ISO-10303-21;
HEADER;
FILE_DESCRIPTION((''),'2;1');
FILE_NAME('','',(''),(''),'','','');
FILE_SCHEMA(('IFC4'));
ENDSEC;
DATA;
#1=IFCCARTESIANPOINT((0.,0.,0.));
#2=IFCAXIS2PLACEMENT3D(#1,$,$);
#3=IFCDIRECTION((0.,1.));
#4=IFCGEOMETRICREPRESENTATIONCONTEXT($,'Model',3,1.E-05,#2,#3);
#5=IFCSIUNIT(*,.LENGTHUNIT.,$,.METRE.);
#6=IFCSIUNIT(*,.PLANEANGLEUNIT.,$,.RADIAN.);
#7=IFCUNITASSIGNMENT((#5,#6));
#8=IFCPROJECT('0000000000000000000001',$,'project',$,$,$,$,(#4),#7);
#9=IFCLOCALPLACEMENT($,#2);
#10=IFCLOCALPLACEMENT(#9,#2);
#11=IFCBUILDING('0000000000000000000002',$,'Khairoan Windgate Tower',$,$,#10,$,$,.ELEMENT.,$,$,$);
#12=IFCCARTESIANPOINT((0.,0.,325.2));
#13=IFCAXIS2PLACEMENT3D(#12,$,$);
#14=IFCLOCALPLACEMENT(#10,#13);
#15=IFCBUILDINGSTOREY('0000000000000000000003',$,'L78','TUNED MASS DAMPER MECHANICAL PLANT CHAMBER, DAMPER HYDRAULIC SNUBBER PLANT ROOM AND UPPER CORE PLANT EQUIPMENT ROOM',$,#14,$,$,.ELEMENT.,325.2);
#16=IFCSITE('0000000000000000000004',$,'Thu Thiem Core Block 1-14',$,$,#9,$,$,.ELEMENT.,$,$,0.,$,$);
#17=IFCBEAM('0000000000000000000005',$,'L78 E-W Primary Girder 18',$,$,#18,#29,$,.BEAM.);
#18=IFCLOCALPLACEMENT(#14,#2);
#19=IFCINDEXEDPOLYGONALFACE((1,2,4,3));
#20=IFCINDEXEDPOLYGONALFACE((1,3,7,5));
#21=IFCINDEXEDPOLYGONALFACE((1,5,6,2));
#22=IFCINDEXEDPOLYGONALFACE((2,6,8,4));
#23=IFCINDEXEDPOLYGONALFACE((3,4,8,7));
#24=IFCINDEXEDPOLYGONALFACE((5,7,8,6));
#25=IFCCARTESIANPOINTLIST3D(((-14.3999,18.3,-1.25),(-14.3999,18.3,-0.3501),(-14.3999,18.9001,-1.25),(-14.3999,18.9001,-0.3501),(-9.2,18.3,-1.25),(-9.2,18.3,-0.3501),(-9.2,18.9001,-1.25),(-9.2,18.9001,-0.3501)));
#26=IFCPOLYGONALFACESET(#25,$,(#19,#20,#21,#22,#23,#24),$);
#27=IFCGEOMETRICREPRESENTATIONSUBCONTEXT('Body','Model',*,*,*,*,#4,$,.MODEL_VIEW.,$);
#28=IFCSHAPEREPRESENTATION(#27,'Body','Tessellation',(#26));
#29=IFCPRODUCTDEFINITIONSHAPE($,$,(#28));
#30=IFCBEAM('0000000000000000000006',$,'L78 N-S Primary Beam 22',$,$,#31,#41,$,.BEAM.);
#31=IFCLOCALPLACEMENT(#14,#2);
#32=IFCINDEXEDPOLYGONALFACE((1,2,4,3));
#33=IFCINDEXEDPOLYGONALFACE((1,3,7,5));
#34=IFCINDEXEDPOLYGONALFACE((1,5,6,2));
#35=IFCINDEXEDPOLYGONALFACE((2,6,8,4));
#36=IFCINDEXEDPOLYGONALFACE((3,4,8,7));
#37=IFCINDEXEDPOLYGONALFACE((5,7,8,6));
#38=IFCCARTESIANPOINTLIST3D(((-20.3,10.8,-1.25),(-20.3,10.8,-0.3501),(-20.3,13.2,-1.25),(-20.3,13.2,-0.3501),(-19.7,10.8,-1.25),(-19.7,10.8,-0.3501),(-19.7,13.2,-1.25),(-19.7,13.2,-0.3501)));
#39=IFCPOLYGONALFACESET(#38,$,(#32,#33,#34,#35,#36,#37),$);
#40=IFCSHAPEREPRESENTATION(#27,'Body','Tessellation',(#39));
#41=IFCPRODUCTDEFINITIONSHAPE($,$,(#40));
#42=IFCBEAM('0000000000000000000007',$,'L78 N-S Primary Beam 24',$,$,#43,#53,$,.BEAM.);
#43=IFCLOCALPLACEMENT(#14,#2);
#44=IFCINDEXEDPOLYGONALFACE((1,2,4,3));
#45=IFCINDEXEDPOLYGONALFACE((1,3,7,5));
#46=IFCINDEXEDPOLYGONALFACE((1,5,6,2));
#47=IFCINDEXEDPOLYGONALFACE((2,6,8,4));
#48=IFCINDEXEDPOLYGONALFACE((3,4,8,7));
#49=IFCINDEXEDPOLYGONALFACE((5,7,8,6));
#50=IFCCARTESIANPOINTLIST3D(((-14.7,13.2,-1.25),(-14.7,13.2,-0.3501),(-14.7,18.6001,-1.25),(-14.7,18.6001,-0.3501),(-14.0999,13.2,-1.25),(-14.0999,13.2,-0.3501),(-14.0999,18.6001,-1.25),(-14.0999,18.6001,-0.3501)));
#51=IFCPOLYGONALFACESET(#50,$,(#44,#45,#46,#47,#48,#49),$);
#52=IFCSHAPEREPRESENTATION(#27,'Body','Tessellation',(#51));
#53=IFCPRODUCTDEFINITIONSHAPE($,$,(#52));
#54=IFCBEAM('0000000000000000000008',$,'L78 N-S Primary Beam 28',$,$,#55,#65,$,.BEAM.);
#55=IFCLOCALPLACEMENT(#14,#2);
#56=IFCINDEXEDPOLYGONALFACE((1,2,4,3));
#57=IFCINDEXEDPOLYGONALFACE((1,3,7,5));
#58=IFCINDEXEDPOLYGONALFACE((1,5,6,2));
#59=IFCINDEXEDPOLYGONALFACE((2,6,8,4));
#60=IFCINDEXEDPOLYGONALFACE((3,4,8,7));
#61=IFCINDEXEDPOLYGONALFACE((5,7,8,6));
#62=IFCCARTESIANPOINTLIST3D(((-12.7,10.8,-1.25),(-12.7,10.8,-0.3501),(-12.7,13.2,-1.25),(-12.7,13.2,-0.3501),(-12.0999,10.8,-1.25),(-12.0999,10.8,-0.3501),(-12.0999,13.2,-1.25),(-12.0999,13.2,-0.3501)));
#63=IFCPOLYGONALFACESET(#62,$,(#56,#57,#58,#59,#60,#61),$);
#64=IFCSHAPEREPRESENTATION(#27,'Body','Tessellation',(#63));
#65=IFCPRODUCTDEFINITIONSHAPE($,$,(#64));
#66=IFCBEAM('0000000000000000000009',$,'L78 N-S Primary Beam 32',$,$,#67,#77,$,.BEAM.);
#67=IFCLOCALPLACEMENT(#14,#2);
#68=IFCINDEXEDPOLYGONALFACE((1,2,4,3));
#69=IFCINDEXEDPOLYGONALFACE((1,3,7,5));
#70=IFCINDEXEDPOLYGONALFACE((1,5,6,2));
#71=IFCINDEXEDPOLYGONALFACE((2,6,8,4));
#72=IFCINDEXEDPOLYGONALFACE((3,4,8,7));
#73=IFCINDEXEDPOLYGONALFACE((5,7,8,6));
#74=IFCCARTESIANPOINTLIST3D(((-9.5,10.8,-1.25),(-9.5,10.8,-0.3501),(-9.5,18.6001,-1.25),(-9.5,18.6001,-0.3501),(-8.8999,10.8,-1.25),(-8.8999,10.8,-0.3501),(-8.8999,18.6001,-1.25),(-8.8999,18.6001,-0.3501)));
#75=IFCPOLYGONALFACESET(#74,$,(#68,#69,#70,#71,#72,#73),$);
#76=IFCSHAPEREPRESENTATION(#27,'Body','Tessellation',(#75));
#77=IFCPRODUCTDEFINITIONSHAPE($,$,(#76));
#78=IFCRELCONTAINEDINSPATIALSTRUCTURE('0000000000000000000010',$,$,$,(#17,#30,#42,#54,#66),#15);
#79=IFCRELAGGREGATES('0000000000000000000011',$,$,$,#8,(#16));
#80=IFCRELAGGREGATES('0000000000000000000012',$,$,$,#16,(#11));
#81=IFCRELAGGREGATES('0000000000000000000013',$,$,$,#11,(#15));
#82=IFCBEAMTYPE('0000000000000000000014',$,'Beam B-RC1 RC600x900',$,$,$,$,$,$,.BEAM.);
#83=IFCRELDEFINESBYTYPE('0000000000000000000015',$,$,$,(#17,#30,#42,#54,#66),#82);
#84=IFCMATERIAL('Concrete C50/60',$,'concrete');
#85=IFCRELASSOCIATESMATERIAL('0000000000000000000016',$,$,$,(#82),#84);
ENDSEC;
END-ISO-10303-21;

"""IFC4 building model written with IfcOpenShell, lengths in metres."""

from ifc_helpers import new_model, si_unit, direction, frame, origin, origin_2d, place, context, subcontext, project, spatial, rectangle, extrude, material, material_profile, profile_set, type_object, element, save


model = new_model("IFC4")

# Units and contexts
model_context = context("Model", 3, precision=1e-05, world=origin(), true_north=direction((0.0, 1.0)))
body_context = subcontext(model_context, "Body", "Model", "MODEL_VIEW")
ifc_project = project(units=[si_unit("LENGTHUNIT", "METRE"), si_unit("PLANEANGLEUNIT", "RADIAN")], contexts=[model_context])

# Site, building, storey
site_placement = place(None, origin())
site = spatial("IfcSite", under=ifc_project, at=site_placement, Name="Thu Thiem Core Block 1-14", CompositionType="ELEMENT", RefElevation=0.0)
building_placement = place(site_placement, origin())
building = spatial("IfcBuilding", under=site, at=building_placement, Name="Khairoan Windgate Tower", CompositionType="ELEMENT")
storey_placement = place(building_placement, frame((0.0, 0.0, 325.2)))
storey = spatial("IfcBuildingStorey", under=building, at=storey_placement, Name="L78", Description="TUNED MASS DAMPER MECHANICAL PLANT CHAMBER, DAMPER HYDRAULIC SNUBBER PLANT ROOM AND UPPER CORE PLANT EQUIPMENT ROOM", CompositionType="ELEMENT", Elevation=325.2)

# Beams
ifc_material_1 = material(Name="Concrete C50/60", Category="concrete")
ifc_material_profile_1 = material_profile(ifc_material_1, rectangle(XDim=0.6001, YDim=0.8999, at=origin_2d()))
ifc_profile_set_1 = profile_set([ifc_material_profile_1], Name="Concrete C50/60")
beam_type = type_object("IfcBeamType", Name="Beam B-RC1 RC600x900", PredefinedType="BEAM", material=ifc_profile_set_1)
beam_1_placement = place(storey_placement, frame((-14.3999, 18.6001, -0.8), z_axis=(1.0, 0.0, 0.0), x_axis=(0.0, 1.0, 0.0)))
element("IfcBeam", 1, at=beam_1_placement, inside=storey, type_object=beam_type, Name="L78 E-W Primary Girder 18", PredefinedType="BEAM", context=body_context, shape_type="SweptSolid", body=[
    extrude(rectangle(XDim=0.6001, YDim=0.8999, at=origin_2d()), origin(), (0.0, 0.0, 1.0), 5.2),
])
beam_2_placement = place(storey_placement, frame((-20.0, 10.8, -0.8), z_axis=(0.0, 1.0, 0.0), x_axis=(-1.0, 0.0, 0.0)))
element("IfcBeam", 2, at=beam_2_placement, inside=storey, type_object=beam_type, Name="L78 N-S Primary Beam 22", PredefinedType="BEAM", context=body_context, shape_type="SweptSolid", body=[
    extrude(rectangle(XDim=0.6001, YDim=0.8999, at=origin_2d()), origin(), (0.0, 0.0, 1.0), 2.3999),
])
beam_3_placement = place(storey_placement, frame((-14.3999, 13.2, -0.8), z_axis=(0.0, 1.0, 0.0), x_axis=(-1.0, 0.0, 0.0)))
element("IfcBeam", 3, at=beam_3_placement, inside=storey, type_object=beam_type, Name="L78 N-S Primary Beam 24", PredefinedType="BEAM", context=body_context, shape_type="SweptSolid", body=[
    extrude(rectangle(XDim=0.6001, YDim=0.8999, at=origin_2d()), origin(), (0.0, 0.0, 1.0), 5.4001),
])
beam_4_placement = place(storey_placement, frame((-12.3999, 10.8, -0.8), z_axis=(0.0, 1.0, 0.0), x_axis=(-1.0, 0.0, 0.0)))
element("IfcBeam", 4, at=beam_4_placement, inside=storey, type_object=beam_type, Name="L78 N-S Primary Beam 28", PredefinedType="BEAM", context=body_context, shape_type="SweptSolid", body=[
    extrude(rectangle(XDim=0.6001, YDim=0.8999, at=origin_2d()), origin(), (0.0, 0.0, 1.0), 2.3999),
])
beam_5_placement = place(storey_placement, frame((-9.2, 10.8, -0.8), z_axis=(0.0, 1.0, 0.0), x_axis=(-1.0, 0.0, 0.0)))
element("IfcBeam", 5, at=beam_5_placement, inside=storey, type_object=beam_type, Name="L78 N-S Primary Beam 32", PredefinedType="BEAM", context=body_context, shape_type="SweptSolid", body=[
    extrude(rectangle(XDim=0.6001, YDim=0.8999, at=origin_2d()), origin(), (0.0, 0.0, 1.0), 7.8),
])

save(model, "model.ifc")
